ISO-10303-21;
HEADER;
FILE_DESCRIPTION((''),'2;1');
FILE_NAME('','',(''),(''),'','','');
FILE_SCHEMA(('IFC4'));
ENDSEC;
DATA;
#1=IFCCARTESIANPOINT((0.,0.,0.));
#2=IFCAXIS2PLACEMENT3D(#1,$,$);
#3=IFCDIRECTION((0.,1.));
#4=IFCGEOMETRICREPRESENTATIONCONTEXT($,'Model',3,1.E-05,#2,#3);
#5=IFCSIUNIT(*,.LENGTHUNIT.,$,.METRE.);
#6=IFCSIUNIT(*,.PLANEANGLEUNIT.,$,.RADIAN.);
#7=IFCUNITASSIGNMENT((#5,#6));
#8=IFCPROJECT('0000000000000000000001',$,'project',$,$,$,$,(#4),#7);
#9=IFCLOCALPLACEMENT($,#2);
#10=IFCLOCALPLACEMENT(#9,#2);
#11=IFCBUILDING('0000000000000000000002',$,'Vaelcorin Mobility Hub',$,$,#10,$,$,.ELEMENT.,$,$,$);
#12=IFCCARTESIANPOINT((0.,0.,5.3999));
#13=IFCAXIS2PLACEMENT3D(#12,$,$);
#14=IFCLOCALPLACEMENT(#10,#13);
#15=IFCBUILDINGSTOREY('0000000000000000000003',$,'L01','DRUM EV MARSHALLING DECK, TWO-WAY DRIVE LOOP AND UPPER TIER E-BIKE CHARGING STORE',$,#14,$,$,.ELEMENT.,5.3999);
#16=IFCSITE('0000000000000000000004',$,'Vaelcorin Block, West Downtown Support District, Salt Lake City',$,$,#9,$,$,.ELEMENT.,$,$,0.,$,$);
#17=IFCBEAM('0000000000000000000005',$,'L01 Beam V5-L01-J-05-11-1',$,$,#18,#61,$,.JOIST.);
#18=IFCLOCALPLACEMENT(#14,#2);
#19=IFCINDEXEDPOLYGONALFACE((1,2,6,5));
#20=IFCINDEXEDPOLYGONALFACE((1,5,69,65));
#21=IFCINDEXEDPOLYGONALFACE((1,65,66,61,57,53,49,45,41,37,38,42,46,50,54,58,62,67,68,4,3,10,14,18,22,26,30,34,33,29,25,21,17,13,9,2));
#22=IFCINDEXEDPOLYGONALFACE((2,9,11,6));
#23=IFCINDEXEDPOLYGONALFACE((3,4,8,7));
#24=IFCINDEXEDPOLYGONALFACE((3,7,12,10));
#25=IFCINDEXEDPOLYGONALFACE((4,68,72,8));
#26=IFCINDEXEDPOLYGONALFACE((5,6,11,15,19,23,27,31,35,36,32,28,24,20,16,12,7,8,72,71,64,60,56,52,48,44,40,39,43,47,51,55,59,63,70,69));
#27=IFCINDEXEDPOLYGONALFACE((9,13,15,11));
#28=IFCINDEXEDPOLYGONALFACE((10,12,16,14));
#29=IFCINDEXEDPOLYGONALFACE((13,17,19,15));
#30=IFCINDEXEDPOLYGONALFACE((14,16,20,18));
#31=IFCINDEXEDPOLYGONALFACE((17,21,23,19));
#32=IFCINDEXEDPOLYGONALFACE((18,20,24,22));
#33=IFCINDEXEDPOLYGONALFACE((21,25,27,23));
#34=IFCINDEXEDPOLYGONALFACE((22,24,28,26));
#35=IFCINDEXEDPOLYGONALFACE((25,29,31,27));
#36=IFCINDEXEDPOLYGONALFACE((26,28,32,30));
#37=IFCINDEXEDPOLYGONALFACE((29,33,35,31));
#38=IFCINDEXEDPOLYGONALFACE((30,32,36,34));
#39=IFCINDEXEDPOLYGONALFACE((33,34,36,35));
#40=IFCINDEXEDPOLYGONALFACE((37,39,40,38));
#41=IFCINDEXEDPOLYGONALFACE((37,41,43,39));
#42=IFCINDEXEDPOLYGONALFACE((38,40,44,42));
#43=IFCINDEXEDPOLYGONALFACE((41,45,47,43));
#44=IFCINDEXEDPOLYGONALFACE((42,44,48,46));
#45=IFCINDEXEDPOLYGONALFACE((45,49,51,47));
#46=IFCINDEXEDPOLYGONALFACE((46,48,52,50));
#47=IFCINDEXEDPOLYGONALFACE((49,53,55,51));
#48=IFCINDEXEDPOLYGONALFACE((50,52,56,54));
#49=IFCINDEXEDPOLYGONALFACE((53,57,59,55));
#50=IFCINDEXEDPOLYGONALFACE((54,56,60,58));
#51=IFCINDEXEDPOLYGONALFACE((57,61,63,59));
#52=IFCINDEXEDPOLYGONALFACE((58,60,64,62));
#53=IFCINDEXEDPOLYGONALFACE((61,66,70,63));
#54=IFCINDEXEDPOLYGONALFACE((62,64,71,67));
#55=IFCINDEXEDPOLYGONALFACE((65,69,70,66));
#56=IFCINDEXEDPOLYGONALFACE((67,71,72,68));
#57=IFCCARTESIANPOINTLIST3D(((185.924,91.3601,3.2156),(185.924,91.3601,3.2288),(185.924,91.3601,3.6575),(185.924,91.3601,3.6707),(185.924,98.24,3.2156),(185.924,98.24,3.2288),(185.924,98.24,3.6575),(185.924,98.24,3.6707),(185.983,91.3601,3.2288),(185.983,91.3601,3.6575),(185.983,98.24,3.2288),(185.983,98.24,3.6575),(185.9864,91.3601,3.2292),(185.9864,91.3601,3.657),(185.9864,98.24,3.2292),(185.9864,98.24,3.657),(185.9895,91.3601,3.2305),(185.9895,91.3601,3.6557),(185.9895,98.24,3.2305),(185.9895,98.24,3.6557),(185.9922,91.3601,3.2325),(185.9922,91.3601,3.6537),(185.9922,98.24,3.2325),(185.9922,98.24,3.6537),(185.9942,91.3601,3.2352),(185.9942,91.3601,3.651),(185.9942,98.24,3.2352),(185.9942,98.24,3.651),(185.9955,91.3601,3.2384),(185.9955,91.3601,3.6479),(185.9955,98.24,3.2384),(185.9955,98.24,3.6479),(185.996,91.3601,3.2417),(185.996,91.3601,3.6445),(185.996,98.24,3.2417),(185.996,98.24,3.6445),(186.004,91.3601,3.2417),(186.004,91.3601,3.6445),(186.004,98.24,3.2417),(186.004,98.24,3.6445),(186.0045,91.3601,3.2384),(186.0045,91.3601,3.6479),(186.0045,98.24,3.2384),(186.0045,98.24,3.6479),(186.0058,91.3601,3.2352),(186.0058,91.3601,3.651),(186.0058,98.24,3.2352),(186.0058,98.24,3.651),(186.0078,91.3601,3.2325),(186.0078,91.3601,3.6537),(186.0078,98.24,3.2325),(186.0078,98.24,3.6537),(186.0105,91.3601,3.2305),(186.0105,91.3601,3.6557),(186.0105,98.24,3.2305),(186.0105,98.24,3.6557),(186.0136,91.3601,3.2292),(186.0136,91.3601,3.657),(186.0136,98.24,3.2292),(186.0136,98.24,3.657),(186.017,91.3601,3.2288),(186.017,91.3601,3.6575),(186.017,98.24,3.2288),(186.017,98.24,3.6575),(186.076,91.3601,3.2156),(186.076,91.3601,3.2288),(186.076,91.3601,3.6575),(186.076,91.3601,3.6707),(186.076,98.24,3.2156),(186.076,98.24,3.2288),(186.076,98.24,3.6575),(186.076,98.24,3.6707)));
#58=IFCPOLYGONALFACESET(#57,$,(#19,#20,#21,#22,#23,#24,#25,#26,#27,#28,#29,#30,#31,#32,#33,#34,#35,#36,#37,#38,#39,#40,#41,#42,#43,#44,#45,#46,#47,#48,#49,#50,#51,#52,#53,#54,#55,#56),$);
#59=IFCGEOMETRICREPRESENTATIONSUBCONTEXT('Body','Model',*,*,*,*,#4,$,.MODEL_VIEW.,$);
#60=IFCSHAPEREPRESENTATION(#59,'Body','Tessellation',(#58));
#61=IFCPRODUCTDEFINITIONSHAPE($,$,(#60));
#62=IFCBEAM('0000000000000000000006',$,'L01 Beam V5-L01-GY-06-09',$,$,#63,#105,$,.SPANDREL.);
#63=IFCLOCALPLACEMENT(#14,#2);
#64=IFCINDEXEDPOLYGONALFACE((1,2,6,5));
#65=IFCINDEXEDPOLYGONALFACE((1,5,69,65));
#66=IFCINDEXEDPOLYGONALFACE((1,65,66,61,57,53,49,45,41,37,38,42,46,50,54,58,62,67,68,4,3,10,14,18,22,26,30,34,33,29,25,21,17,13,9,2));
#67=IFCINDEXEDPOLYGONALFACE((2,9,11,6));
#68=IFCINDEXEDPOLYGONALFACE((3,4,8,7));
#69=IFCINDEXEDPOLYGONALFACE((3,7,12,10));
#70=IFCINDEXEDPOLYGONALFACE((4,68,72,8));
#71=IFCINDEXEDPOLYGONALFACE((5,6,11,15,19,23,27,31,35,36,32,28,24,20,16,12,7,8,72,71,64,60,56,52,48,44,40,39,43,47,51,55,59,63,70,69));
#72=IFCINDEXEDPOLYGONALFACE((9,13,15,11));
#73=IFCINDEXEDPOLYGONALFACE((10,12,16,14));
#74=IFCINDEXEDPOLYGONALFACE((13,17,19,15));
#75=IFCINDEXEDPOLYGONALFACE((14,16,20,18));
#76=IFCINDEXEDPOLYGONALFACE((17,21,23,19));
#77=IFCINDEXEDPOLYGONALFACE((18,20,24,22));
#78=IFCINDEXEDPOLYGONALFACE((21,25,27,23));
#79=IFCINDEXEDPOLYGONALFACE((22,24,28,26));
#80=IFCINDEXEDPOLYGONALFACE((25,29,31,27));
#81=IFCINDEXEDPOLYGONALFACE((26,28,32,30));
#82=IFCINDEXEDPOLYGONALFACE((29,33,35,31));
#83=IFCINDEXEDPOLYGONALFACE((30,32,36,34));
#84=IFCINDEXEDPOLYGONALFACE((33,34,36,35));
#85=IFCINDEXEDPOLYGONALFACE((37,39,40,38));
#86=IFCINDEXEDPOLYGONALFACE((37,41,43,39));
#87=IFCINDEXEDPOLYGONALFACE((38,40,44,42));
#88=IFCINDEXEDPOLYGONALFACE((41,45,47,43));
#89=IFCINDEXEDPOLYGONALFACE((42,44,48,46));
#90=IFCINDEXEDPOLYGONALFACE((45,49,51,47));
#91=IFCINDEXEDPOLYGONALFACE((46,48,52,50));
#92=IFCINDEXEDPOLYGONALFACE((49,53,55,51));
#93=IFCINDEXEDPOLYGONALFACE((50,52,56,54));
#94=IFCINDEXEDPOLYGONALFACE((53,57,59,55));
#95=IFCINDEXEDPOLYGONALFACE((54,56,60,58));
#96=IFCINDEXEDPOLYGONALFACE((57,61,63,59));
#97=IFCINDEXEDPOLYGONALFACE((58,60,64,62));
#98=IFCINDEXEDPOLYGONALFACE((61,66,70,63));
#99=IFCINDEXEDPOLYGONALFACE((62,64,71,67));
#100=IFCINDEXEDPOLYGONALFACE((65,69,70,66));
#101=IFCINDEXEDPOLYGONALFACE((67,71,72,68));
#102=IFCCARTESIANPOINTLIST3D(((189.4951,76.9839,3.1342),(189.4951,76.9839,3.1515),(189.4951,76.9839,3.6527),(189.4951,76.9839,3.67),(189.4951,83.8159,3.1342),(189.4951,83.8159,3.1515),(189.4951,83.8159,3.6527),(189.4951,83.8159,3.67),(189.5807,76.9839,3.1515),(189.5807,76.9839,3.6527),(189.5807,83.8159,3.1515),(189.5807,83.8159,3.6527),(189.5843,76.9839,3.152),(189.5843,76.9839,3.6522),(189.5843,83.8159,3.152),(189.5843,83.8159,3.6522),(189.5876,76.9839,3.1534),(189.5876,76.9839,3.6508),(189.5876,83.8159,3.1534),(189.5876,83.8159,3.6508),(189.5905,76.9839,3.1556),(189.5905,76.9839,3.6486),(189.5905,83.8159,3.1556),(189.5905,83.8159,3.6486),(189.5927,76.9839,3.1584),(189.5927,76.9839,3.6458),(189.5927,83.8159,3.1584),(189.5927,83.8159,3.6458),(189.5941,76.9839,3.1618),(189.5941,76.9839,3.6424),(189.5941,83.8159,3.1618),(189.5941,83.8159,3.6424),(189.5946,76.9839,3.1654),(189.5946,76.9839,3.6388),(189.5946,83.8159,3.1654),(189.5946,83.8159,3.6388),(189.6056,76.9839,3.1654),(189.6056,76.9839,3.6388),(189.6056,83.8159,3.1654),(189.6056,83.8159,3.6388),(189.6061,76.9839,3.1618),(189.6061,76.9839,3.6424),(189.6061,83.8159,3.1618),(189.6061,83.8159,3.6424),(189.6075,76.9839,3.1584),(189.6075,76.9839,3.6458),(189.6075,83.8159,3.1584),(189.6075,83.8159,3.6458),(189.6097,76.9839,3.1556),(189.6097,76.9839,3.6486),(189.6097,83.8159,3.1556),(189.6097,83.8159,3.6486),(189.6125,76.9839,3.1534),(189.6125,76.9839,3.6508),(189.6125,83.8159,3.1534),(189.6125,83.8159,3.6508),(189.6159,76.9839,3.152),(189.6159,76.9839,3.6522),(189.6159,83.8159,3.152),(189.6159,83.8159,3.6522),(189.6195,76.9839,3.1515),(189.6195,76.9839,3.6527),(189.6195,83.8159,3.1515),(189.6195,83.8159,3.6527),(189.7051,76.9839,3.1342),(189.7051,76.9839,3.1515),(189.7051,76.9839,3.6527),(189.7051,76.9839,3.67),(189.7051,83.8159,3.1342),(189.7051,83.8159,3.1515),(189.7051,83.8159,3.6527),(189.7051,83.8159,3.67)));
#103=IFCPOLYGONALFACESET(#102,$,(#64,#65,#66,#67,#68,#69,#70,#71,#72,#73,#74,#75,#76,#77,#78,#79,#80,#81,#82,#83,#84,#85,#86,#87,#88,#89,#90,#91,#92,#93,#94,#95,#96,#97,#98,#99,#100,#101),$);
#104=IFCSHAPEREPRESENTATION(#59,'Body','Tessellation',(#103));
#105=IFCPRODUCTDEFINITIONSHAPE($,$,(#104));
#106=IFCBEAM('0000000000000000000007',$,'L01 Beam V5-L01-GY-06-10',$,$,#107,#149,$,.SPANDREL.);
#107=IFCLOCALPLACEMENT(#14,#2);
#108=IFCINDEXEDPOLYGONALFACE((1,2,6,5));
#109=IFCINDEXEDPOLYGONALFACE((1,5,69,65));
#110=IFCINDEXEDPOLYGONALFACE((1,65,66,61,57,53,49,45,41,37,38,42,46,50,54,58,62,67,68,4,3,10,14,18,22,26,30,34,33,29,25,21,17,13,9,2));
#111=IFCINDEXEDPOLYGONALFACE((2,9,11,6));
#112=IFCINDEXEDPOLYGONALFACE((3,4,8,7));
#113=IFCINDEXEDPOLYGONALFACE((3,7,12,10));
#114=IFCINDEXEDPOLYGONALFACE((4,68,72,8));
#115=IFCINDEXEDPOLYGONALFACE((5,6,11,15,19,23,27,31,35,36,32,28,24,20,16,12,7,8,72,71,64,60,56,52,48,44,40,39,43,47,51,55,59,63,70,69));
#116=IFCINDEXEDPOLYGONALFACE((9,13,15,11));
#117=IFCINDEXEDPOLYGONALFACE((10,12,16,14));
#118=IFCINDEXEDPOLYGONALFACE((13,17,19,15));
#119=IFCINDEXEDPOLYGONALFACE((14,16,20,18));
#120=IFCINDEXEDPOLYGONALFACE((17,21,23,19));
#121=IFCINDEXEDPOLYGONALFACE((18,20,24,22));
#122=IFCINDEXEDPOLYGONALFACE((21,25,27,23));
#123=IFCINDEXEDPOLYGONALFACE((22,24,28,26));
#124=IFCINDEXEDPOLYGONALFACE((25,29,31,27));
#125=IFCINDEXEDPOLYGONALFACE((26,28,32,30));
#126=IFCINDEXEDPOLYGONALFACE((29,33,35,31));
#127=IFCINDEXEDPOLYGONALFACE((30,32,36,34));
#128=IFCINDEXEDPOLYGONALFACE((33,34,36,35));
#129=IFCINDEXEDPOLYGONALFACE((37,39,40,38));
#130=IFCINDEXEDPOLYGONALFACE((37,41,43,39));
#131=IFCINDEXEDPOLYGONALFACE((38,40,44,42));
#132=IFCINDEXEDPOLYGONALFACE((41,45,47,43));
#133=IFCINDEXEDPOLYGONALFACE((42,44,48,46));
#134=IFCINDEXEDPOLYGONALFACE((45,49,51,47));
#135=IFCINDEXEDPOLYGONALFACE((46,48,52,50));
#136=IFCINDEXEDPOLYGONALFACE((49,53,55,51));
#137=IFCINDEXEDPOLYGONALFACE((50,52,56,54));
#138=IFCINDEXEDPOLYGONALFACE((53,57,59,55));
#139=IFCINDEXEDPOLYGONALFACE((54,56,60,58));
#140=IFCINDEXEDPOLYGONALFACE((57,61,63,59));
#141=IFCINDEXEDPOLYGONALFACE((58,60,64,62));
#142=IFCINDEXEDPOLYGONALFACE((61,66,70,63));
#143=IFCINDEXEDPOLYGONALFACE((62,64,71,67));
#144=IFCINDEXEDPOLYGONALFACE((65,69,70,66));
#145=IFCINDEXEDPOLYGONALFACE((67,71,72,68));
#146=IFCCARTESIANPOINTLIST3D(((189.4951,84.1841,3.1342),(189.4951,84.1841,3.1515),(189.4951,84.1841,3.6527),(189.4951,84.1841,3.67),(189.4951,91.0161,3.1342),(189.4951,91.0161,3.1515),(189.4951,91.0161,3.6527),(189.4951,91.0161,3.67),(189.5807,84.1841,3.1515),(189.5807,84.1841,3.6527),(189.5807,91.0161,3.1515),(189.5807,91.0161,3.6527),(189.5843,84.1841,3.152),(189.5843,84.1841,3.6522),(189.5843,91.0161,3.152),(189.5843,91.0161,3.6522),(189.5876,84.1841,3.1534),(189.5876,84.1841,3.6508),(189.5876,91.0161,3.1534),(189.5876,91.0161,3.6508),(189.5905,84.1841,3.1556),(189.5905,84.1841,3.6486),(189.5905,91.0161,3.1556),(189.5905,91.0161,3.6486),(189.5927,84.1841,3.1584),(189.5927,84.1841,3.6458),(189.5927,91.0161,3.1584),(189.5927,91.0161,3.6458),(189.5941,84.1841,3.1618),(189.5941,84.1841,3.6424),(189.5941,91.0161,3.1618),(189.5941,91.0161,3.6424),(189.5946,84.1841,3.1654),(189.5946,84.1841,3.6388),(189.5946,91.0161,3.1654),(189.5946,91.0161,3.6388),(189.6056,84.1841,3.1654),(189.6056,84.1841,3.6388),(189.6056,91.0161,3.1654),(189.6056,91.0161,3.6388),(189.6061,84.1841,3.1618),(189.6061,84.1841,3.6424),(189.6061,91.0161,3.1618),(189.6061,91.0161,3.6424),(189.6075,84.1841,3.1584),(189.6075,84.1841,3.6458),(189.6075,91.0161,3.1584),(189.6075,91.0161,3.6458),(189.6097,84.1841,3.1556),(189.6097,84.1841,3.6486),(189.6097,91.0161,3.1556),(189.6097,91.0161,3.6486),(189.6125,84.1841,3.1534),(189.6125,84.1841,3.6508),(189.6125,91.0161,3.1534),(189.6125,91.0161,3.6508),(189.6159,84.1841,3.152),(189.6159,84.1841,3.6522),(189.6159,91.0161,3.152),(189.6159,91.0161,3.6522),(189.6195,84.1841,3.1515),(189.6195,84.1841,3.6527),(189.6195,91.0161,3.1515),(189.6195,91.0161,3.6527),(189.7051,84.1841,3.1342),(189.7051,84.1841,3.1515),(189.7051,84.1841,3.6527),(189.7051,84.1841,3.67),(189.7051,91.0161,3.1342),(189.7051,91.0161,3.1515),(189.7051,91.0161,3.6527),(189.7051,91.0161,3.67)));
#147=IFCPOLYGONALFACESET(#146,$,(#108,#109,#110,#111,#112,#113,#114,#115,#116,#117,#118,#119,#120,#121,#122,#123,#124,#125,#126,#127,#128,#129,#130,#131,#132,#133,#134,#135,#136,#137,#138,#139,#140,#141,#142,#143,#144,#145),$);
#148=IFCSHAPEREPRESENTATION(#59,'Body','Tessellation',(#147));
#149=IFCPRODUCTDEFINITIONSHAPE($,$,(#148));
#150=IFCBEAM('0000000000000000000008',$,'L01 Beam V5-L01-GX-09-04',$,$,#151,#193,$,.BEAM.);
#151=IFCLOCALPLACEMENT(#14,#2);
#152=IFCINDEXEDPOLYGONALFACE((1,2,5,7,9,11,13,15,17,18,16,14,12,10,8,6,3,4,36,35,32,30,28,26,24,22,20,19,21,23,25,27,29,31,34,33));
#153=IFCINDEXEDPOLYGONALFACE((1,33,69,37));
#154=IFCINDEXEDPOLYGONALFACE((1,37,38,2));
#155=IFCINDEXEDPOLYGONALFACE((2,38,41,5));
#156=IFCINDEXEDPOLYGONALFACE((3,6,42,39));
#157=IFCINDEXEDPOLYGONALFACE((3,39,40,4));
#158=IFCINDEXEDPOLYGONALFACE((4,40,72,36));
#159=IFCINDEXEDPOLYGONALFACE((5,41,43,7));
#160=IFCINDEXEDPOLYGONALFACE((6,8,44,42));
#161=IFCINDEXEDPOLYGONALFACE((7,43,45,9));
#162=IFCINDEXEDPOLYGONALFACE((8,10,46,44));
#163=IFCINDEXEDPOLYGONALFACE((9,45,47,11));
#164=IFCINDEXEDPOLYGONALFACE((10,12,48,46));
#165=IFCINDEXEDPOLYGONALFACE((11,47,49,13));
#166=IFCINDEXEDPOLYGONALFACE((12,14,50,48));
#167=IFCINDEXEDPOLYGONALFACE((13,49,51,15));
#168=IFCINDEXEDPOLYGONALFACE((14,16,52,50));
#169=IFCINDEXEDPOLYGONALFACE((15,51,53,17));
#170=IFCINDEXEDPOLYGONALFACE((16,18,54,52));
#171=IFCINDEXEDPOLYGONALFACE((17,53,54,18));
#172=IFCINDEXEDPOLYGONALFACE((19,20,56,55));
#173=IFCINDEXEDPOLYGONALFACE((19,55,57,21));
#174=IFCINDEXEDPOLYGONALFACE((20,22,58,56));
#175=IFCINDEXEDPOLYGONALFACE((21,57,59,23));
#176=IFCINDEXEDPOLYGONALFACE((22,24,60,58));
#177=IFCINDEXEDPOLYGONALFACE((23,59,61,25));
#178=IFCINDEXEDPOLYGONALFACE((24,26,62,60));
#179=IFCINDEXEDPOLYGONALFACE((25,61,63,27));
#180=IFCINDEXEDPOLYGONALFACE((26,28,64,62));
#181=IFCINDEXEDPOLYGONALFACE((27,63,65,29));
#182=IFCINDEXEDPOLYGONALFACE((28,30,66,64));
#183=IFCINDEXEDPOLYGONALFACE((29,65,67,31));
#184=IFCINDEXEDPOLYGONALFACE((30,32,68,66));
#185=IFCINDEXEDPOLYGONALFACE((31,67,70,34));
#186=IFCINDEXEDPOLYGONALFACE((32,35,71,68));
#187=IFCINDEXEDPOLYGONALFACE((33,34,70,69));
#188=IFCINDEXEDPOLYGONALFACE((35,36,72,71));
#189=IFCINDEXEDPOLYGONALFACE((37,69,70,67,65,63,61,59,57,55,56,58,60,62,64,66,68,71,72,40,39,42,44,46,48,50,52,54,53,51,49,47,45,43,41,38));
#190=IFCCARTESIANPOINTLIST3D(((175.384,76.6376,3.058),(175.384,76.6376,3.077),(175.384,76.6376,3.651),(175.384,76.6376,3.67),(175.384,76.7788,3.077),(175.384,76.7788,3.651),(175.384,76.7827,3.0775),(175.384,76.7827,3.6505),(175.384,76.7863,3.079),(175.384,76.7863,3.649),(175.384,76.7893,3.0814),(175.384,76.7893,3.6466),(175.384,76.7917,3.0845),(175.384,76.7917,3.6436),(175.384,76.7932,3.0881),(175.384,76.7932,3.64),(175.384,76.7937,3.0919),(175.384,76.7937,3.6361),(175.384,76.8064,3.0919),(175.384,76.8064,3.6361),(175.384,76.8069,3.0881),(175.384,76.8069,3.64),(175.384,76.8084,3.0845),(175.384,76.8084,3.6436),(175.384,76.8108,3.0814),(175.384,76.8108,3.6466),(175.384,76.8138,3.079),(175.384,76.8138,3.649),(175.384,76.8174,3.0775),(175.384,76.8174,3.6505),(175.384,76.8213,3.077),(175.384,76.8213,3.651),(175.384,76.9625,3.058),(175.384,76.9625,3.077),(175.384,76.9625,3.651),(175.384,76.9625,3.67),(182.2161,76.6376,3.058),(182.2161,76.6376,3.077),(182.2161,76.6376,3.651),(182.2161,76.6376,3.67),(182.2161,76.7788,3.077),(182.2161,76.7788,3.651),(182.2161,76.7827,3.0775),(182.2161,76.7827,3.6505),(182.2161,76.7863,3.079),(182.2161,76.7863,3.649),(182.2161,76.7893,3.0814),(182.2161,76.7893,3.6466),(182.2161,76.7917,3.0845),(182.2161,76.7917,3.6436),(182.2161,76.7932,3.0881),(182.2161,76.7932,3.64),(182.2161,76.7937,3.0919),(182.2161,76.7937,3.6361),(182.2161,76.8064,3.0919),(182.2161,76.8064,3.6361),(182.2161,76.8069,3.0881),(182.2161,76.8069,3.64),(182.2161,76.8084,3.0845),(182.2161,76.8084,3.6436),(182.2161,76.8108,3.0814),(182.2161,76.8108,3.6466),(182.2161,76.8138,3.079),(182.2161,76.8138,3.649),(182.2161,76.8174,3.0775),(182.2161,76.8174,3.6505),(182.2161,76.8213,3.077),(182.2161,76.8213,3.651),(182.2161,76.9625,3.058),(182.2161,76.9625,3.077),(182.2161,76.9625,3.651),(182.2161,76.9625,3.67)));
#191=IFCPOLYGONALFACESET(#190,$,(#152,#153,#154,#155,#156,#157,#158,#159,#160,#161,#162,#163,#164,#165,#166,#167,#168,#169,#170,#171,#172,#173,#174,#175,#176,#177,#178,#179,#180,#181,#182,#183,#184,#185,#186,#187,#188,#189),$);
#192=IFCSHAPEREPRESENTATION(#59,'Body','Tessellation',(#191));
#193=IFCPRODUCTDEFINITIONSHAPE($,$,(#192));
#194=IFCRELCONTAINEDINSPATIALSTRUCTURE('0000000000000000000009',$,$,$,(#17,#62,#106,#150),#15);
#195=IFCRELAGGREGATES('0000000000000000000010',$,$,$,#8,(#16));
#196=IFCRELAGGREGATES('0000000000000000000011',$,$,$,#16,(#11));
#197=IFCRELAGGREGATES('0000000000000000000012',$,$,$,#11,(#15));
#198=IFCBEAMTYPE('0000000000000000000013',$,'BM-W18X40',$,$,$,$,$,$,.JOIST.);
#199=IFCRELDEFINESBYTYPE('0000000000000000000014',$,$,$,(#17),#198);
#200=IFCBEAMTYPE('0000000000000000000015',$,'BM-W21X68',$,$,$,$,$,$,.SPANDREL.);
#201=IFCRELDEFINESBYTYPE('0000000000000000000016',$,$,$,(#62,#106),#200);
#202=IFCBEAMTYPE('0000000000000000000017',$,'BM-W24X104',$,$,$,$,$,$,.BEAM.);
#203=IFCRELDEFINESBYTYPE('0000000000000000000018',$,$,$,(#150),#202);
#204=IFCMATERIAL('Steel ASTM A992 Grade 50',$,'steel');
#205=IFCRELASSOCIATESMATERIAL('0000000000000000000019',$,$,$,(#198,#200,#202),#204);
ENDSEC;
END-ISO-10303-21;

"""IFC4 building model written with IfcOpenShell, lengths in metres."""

from ifc_helpers import new_model, si_unit, direction, frame, origin, origin_2d, place, context, subcontext, project, spatial, i_section, extrude, material, material_profile, profile_set, type_object, element, save


model = new_model("IFC4")

# Units and contexts
model_context = context("Model", 3, precision=1e-05, world=origin(), true_north=direction((0.0, 1.0)))
body_context = subcontext(model_context, "Body", "Model", "MODEL_VIEW")
ifc_project = project(units=[si_unit("LENGTHUNIT", "METRE"), si_unit("PLANEANGLEUNIT", "RADIAN")], contexts=[model_context])

# Site, building, storey
site_placement = place(None, origin())
site = spatial("IfcSite", under=ifc_project, at=site_placement, Name="Vaelcorin Block, West Downtown Support District, Salt Lake City", CompositionType="ELEMENT", RefElevation=0.0)
building_placement = place(site_placement, origin())
building = spatial("IfcBuilding", under=site, at=building_placement, Name="Vaelcorin Mobility Hub", CompositionType="ELEMENT")
storey_placement = place(building_placement, frame((0.0, 0.0, 5.3999)))
storey = spatial("IfcBuildingStorey", under=building, at=storey_placement, Name="L01", Description="DRUM EV MARSHALLING DECK, TWO-WAY DRIVE LOOP AND UPPER TIER E-BIKE CHARGING STORE", CompositionType="ELEMENT", Elevation=5.3999)

# Shared definitions
ifc_material_1 = material(Name="Steel ASTM A992 Grade 50", Category="steel")

# Beams
ifc_material_profile_1 = material_profile(ifc_material_1, i_section(OverallWidth=0.1521, OverallDepth=0.4551, WebThickness=0.0081, FlangeThickness=0.0132, FilletRadius=0.0129, at=origin_2d()), Name="W18X40")
ifc_profile_set_1 = profile_set([ifc_material_profile_1], Name="Steel ASTM A992 Grade 50")
beam_type_1 = type_object("IfcBeamType", Name="BM-W18X40", PredefinedType="JOIST", material=ifc_profile_set_1)
beam_1_placement = place(storey_placement, frame((186.0, 91.3601, 3.4431), z_axis=(0.0, 1.0, 0.0), x_axis=(-1.0, 0.0, 0.0)))
element("IfcBeam", 1, at=beam_1_placement, inside=storey, type_object=beam_type_1, Name="L01 Beam V5-L01-J-05-11-1", PredefinedType="JOIST", context=body_context, shape_type="SweptSolid", body=[
    extrude(i_section(OverallWidth=0.1521, OverallDepth=0.4551, WebThickness=0.0081, FlangeThickness=0.0132, FilletRadius=0.0129, at=origin_2d()), origin(), (0.0, 0.0, 1.0), 6.8799),
])
ifc_material_profile_2 = material_profile(ifc_material_1, i_section(OverallWidth=0.21, OverallDepth=0.5359, WebThickness=0.011, FlangeThickness=0.0173, FilletRadius=0.0139, at=origin_2d()), Name="W21X68")
ifc_profile_set_2 = profile_set([ifc_material_profile_2], Name="Steel ASTM A992 Grade 50")
beam_type_2 = type_object("IfcBeamType", Name="BM-W21X68", PredefinedType="SPANDREL", material=ifc_profile_set_2)
for number, where, z_axis, x_axis, name in (
    (2, (189.6001, 76.9839, 3.4021), (0.0, 1.0, 0.0), (-1.0, 0.0, 0.0), "L01 Beam V5-L01-GY-06-09"),
    (3, (189.6001, 84.1841, 3.4021), (0.0, 1.0, 0.0), (-1.0, 0.0, 0.0), "L01 Beam V5-L01-GY-06-10"),
):
    element("IfcBeam", number, at=place(storey_placement, frame(where, z_axis=z_axis, x_axis=x_axis)), inside=storey, type_object=beam_type_2, Name=name, PredefinedType="SPANDREL", context=body_context, shape_type="SweptSolid", body=[
        extrude(i_section(OverallWidth=0.21, OverallDepth=0.5359, WebThickness=0.011, FlangeThickness=0.0173, FilletRadius=0.0139, at=origin_2d()), origin(), (0.0, 0.0, 1.0), 6.832),
    ])
ifc_material_profile_3 = material_profile(ifc_material_1, i_section(OverallWidth=0.325, OverallDepth=0.6121, WebThickness=0.0127, FlangeThickness=0.019, FilletRadius=0.0149, at=origin_2d()), Name="W24X104")
ifc_profile_set_3 = profile_set([ifc_material_profile_3], Name="Steel ASTM A992 Grade 50")
beam_type_3 = type_object("IfcBeamType", Name="BM-W24X104", PredefinedType="BEAM", material=ifc_profile_set_3)
beam_2_placement = place(storey_placement, frame((175.384, 76.8, 3.364), z_axis=(1.0, 0.0, 0.0), x_axis=(0.0, 1.0, 0.0)))
element("IfcBeam", 4, at=beam_2_placement, inside=storey, type_object=beam_type_3, Name="L01 Beam V5-L01-GX-09-04", PredefinedType="BEAM", context=body_context, shape_type="SweptSolid", body=[
    extrude(i_section(OverallWidth=0.325, OverallDepth=0.6121, WebThickness=0.0127, FlangeThickness=0.019, FilletRadius=0.0149, at=origin_2d()), origin(), (0.0, 0.0, 1.0), 6.832),
])

save(model, "model.ifc")
